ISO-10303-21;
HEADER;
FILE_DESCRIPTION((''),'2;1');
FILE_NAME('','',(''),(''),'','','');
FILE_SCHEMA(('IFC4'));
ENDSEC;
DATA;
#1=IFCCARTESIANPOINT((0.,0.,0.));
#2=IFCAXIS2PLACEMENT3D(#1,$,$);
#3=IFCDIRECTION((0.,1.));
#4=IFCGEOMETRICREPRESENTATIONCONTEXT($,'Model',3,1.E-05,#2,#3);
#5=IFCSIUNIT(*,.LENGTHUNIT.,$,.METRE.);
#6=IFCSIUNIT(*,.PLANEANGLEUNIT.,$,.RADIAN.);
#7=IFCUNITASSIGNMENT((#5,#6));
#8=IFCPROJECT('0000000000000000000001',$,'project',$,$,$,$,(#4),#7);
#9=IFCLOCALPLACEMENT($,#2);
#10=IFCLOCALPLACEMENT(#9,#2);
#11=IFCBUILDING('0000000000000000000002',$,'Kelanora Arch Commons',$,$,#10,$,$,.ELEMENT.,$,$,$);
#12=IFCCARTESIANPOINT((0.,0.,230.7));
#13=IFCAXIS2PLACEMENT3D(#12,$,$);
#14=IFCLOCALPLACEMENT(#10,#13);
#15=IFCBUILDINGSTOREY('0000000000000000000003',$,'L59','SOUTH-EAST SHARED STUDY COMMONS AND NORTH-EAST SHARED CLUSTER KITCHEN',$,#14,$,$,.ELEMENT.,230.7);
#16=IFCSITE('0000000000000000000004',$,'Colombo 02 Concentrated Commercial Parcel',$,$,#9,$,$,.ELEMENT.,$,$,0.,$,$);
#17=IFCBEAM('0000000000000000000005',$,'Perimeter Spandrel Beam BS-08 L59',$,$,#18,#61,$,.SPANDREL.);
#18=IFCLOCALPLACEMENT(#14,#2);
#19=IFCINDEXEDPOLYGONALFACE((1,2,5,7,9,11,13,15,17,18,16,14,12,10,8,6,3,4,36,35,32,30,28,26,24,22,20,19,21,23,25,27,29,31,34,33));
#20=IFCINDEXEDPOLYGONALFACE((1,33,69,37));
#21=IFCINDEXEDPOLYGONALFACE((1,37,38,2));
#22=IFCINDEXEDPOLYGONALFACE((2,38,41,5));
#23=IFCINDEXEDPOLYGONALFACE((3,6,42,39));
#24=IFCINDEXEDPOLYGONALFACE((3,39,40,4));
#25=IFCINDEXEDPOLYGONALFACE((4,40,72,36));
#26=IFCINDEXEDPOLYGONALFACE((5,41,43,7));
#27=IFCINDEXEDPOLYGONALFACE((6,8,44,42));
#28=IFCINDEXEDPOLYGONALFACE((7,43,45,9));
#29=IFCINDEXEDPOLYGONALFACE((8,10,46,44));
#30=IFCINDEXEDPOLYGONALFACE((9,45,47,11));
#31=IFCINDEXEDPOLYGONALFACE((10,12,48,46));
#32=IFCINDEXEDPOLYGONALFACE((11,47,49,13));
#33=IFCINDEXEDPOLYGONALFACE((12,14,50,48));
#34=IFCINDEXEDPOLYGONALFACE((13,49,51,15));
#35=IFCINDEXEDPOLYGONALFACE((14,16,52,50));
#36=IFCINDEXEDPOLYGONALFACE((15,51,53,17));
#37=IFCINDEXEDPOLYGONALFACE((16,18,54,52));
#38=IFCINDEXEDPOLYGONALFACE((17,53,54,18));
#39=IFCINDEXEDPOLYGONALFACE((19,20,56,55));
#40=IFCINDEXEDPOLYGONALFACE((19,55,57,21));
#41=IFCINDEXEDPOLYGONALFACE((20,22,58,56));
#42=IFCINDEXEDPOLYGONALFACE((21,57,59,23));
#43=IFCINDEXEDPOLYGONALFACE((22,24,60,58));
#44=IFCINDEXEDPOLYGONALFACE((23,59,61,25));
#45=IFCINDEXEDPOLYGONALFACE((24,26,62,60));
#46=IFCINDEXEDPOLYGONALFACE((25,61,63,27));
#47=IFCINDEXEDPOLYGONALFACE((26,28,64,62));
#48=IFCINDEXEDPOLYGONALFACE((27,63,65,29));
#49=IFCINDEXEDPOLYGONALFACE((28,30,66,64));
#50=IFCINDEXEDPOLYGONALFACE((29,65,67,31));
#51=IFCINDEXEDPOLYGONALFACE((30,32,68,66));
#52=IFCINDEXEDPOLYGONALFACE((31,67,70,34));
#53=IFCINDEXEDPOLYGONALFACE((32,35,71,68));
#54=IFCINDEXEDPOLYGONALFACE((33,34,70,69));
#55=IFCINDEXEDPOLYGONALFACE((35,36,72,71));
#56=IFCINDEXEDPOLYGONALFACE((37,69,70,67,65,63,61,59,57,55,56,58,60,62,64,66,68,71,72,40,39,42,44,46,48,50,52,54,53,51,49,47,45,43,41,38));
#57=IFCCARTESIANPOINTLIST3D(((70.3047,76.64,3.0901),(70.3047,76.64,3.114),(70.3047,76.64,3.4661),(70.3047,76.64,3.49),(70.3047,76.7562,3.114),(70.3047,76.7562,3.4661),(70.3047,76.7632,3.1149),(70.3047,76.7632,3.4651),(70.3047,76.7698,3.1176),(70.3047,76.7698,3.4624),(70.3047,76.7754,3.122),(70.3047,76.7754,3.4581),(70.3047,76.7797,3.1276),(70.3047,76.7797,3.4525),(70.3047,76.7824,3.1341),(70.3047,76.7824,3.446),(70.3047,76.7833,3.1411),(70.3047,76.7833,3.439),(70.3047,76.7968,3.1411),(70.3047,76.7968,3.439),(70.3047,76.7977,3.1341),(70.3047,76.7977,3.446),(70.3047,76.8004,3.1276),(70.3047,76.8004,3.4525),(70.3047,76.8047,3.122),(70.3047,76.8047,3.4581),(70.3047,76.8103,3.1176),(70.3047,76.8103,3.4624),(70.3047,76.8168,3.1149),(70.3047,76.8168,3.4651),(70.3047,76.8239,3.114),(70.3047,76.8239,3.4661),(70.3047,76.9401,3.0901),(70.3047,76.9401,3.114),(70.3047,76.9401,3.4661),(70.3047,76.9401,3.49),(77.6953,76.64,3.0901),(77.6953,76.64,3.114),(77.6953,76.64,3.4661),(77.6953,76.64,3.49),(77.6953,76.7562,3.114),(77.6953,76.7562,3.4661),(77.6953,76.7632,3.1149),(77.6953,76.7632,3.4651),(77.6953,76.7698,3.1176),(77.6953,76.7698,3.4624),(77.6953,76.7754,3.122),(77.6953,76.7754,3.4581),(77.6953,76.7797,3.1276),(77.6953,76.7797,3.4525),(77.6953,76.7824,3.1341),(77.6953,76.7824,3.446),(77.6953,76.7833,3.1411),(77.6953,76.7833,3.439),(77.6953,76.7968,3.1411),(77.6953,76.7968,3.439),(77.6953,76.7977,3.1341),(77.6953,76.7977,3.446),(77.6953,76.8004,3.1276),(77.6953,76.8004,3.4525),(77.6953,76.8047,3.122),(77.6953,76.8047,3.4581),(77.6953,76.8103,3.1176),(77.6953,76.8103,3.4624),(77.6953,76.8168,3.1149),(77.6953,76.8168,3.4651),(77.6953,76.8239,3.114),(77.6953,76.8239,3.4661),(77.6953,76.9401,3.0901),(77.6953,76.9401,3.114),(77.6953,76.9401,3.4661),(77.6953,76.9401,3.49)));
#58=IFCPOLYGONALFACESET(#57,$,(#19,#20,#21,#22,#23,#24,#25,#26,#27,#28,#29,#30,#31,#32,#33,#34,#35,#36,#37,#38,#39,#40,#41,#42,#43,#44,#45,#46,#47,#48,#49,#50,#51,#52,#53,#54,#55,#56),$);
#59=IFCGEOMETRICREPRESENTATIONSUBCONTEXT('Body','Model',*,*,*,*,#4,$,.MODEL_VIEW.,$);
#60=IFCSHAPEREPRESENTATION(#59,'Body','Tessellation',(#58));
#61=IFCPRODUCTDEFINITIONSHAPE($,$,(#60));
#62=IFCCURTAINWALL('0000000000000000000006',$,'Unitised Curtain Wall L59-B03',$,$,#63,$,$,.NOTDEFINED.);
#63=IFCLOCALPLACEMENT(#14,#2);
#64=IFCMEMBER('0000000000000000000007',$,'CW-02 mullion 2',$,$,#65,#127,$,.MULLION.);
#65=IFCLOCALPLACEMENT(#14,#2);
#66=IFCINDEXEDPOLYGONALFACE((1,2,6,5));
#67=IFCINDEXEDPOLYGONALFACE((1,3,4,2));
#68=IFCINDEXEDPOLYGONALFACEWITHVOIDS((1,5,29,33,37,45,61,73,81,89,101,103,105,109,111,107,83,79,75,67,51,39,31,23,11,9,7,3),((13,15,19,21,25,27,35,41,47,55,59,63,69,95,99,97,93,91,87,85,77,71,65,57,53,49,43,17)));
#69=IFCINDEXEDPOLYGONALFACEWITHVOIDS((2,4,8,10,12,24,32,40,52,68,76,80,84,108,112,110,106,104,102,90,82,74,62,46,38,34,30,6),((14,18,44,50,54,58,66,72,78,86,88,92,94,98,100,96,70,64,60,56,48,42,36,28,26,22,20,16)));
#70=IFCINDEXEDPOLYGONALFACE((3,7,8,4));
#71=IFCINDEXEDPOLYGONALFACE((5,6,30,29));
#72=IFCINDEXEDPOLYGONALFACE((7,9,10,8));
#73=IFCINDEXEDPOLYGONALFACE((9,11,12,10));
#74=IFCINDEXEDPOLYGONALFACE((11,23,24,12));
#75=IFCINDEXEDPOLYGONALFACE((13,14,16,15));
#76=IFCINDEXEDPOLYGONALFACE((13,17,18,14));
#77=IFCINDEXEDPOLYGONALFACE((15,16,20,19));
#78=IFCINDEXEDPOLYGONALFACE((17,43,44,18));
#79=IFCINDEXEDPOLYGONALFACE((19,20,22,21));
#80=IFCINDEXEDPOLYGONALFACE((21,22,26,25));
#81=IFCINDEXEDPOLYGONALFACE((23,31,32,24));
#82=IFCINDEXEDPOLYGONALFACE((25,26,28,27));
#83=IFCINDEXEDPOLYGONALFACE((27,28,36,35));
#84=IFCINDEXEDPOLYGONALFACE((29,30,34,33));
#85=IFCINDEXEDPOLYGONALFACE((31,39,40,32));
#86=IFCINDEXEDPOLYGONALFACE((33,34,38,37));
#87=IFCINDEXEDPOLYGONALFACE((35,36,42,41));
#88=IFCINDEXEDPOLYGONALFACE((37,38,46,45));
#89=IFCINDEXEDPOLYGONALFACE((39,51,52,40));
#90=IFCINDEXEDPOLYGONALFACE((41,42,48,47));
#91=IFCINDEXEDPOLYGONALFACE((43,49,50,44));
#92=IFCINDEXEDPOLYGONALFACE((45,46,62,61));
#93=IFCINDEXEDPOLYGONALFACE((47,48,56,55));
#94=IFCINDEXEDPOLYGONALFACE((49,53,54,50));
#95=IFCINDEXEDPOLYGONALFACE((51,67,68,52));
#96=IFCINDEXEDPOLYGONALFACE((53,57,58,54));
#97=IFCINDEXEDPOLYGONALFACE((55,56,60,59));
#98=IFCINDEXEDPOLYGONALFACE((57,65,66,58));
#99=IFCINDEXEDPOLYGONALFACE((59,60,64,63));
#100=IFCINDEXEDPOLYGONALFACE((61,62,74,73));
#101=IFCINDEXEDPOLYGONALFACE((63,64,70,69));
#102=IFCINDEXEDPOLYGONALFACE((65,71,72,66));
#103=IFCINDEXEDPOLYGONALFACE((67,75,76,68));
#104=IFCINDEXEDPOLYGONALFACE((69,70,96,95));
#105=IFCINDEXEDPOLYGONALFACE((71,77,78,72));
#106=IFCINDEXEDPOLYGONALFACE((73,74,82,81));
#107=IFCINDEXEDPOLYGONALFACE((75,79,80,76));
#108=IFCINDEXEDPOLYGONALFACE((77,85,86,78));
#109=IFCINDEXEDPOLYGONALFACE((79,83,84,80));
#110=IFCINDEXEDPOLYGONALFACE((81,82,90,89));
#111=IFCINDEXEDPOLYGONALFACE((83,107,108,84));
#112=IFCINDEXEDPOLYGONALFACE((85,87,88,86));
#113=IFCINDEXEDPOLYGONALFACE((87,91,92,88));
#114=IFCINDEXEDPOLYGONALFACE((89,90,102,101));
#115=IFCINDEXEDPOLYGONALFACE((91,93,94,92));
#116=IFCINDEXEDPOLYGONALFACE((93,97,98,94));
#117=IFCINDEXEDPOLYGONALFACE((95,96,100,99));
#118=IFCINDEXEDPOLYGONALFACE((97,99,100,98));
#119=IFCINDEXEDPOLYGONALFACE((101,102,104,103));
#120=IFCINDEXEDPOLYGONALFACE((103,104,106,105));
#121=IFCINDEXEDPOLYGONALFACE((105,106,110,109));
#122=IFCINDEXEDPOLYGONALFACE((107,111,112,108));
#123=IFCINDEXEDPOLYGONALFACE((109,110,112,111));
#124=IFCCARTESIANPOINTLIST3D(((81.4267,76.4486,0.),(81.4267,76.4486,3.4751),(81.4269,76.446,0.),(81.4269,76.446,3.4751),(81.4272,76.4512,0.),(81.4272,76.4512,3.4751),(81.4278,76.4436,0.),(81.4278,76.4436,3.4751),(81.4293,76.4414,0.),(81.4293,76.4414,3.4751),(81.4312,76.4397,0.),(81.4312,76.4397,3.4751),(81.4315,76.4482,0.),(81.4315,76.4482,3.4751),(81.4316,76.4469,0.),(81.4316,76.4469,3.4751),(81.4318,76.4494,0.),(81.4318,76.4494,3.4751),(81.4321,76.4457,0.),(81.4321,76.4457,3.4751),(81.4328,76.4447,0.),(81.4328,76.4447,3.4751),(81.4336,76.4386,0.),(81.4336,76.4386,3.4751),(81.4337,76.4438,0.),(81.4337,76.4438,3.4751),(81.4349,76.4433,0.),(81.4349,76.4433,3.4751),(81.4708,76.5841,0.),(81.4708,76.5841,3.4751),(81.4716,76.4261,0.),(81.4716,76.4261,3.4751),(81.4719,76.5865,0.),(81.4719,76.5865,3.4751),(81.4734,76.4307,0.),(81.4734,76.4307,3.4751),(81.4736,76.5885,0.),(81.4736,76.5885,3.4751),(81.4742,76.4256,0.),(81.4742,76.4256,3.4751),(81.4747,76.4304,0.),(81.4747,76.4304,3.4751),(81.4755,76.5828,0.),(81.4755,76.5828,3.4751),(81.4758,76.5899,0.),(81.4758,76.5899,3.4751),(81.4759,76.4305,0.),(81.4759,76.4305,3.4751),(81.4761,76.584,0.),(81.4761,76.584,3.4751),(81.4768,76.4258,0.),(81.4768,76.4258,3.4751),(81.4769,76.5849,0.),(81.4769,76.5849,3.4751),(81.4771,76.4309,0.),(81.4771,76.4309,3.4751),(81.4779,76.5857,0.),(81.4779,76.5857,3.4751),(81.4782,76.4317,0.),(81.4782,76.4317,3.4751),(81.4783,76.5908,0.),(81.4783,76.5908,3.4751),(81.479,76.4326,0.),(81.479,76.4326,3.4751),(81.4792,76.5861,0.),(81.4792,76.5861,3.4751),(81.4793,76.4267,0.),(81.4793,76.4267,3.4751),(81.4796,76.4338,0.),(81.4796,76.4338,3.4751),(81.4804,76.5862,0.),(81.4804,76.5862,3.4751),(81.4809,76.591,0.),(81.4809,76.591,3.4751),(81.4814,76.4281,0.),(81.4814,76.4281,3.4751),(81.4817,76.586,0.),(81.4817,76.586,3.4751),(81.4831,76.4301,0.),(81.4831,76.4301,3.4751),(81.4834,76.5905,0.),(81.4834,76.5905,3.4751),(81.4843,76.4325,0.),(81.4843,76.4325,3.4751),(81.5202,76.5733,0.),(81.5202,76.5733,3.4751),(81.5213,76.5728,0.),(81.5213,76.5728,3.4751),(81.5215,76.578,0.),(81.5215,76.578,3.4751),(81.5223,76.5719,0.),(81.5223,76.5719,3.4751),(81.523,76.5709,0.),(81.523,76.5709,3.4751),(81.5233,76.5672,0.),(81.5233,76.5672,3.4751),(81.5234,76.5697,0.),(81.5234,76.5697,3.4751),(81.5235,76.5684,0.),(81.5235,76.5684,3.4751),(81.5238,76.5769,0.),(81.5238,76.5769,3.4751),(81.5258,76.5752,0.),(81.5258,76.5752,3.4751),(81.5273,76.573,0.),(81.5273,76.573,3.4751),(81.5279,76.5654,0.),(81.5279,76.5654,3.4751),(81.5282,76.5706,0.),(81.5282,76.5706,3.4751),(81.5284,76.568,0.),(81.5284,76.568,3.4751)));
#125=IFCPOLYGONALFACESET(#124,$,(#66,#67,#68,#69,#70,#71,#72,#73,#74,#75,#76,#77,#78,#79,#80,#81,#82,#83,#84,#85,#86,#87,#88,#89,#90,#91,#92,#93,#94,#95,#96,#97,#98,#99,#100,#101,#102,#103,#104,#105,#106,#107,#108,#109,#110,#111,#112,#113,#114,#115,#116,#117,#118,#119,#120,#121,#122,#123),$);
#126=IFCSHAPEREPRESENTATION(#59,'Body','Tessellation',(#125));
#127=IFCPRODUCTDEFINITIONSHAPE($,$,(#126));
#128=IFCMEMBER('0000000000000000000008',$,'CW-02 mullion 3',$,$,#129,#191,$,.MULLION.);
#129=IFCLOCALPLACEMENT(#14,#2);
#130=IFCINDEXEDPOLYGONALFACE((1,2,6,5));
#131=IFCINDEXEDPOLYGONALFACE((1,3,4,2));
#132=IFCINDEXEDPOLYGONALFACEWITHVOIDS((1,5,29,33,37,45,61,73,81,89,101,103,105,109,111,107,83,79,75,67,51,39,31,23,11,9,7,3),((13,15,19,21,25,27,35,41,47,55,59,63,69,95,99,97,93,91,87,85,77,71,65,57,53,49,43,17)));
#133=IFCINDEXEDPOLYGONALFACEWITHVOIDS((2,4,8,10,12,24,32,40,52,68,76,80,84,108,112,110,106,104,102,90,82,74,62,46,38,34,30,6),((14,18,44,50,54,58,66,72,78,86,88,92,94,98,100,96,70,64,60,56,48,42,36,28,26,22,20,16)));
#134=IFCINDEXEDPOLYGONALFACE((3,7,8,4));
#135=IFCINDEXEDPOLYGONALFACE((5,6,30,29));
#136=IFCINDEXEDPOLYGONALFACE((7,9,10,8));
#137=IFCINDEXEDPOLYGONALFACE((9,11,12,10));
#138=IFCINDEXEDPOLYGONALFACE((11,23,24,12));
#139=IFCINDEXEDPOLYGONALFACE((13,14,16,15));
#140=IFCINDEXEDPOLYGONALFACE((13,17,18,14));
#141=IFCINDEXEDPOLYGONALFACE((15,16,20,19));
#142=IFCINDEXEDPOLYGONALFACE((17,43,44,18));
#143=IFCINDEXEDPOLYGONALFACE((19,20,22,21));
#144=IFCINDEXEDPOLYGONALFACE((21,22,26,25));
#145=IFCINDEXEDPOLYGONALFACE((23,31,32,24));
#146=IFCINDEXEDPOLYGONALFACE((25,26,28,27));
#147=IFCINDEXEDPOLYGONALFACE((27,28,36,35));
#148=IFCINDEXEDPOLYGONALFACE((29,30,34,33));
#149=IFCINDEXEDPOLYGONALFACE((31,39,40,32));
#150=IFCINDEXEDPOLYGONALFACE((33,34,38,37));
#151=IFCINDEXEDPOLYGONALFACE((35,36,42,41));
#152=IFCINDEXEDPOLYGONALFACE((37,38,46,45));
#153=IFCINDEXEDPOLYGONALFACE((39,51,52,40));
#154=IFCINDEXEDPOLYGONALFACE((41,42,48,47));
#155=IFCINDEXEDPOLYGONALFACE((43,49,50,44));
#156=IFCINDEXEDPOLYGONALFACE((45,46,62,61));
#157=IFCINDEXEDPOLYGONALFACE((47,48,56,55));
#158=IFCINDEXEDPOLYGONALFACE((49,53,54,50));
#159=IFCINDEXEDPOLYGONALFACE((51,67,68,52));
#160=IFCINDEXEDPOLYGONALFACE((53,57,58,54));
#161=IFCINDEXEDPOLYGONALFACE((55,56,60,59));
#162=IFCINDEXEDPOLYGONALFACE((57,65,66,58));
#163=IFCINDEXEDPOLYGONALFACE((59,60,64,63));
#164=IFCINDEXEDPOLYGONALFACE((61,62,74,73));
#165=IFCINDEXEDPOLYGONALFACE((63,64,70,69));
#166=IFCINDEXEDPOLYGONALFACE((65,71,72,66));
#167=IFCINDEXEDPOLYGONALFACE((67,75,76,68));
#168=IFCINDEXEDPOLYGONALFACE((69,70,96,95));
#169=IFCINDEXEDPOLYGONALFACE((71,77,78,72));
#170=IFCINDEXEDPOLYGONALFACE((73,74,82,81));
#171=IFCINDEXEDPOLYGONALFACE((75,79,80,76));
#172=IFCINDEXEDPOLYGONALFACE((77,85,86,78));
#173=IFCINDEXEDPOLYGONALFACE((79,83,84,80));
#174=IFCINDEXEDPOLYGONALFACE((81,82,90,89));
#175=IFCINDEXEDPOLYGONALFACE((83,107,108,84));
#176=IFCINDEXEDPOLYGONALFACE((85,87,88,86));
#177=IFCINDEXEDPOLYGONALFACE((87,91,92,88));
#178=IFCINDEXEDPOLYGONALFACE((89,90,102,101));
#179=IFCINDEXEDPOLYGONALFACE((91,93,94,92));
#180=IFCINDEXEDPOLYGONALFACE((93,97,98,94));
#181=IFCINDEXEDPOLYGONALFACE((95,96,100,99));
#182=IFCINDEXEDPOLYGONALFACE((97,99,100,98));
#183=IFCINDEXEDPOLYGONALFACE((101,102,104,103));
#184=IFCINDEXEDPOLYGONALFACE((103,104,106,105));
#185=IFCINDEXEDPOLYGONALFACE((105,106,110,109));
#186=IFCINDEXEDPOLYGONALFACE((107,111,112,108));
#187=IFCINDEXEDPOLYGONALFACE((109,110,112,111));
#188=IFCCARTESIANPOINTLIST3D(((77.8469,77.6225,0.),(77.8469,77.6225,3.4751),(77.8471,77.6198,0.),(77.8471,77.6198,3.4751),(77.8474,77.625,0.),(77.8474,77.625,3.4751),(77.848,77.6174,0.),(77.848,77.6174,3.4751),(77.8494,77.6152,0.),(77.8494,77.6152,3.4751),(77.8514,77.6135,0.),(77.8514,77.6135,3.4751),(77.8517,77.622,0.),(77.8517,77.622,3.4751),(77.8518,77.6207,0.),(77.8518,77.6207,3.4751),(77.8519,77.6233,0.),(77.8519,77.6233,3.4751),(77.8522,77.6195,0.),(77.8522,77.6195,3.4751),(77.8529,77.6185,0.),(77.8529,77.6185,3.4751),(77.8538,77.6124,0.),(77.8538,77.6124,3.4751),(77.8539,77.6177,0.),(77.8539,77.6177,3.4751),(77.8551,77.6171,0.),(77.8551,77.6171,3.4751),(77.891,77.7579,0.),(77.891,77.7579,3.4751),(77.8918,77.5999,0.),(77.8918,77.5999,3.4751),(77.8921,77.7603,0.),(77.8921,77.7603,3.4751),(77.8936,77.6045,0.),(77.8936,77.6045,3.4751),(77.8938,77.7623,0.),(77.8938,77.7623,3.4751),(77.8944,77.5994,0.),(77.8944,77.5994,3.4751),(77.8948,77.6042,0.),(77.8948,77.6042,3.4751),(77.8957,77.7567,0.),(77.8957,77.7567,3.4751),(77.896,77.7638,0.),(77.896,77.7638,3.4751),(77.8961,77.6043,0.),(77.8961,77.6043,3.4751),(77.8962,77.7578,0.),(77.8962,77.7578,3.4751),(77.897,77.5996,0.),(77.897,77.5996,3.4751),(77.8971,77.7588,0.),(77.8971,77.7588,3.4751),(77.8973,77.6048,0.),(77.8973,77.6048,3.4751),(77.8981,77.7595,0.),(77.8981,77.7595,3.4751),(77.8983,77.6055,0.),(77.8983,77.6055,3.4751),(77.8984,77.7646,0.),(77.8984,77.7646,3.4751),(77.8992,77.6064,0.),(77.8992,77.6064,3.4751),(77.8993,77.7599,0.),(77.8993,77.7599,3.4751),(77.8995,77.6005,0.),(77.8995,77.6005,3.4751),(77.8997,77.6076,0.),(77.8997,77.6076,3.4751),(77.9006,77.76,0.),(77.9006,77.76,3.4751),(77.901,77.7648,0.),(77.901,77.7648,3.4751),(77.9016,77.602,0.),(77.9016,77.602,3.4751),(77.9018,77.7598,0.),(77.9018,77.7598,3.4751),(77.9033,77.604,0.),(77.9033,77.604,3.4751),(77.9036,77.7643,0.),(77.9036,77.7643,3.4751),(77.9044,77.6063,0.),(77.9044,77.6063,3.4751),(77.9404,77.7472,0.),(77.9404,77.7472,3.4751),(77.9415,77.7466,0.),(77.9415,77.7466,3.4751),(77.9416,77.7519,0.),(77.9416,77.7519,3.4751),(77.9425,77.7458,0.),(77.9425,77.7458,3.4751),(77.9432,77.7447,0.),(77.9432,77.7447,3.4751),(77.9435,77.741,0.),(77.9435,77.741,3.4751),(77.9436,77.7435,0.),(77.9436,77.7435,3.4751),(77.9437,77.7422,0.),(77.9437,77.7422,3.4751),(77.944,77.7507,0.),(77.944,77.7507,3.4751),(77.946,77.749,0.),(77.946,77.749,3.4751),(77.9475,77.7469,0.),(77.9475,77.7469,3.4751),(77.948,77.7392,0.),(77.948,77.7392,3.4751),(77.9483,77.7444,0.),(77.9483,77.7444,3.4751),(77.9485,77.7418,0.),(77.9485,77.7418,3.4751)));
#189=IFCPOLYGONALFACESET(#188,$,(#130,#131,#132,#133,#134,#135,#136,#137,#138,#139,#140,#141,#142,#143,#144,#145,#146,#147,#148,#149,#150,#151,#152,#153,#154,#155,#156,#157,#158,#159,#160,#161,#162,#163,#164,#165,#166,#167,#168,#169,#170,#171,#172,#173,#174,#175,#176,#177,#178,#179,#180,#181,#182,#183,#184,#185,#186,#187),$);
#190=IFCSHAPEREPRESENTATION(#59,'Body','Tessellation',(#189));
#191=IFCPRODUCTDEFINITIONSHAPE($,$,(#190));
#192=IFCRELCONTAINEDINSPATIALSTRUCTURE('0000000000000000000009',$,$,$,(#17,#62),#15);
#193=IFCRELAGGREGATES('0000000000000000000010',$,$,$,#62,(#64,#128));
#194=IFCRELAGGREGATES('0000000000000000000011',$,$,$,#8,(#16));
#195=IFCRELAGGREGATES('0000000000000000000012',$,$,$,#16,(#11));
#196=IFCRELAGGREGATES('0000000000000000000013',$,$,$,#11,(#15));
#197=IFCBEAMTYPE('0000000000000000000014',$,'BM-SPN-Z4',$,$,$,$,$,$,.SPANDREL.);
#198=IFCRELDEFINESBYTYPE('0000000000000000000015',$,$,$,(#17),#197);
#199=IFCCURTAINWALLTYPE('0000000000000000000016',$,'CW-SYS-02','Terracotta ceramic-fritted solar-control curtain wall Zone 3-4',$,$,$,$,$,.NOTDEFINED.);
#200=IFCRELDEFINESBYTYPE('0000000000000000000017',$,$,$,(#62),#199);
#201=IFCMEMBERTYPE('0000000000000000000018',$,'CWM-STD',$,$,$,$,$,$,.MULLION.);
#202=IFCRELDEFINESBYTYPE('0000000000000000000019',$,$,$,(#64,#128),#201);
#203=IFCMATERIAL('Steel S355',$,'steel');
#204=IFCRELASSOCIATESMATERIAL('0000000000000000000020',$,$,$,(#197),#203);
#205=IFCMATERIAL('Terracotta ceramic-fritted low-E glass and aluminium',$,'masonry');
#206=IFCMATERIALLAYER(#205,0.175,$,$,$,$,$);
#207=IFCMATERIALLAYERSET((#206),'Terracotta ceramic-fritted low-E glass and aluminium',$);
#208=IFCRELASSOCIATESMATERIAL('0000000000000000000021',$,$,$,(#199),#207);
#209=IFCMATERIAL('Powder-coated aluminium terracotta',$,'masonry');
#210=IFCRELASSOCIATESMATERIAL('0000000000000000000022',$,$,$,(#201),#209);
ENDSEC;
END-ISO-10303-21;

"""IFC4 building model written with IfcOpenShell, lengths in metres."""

from ifc_helpers import new_model, si_unit, direction, frame, origin, origin_2d, place, context, subcontext, project, spatial, hollow_rectangle, i_section, extrude, material, layer, layer_set, material_profile, profile_set, type_object, element, aggregate, save


model = new_model("IFC4")

# Units and contexts
model_context = context("Model", 3, precision=1e-05, world=origin(), true_north=direction((0.0, 1.0)))
body_context = subcontext(model_context, "Body", "Model", "MODEL_VIEW")
ifc_project = project(units=[si_unit("LENGTHUNIT", "METRE"), si_unit("PLANEANGLEUNIT", "RADIAN")], contexts=[model_context])

# Site, building, storey
site_placement = place(None, origin())
site = spatial("IfcSite", under=ifc_project, at=site_placement, Name="Colombo 02 Concentrated Commercial Parcel", CompositionType="ELEMENT", RefElevation=0.0)
building_placement = place(site_placement, origin())
building = spatial("IfcBuilding", under=site, at=building_placement, Name="Kelanora Arch Commons", CompositionType="ELEMENT")
storey_placement = place(building_placement, frame((0.0, 0.0, 230.7)))
storey = spatial("IfcBuildingStorey", under=building, at=storey_placement, Name="L59", Description="SOUTH-EAST SHARED STUDY COMMONS AND NORTH-EAST SHARED CLUSTER KITCHEN", CompositionType="ELEMENT", Elevation=230.7)

# Beam
ifc_material_1 = material(Name="Steel S355", Category="steel")
ifc_material_profile_1 = material_profile(ifc_material_1, i_section(OverallWidth=0.3, OverallDepth=0.3999, WebThickness=0.0134, FlangeThickness=0.0239, FilletRadius=0.0271, at=origin_2d()), Name="HEB400")
ifc_profile_set_1 = profile_set([ifc_material_profile_1], Name="Steel S355")
beam_type_1 = type_object("IfcBeamType", Name="BM-SPN-Z4", PredefinedType="SPANDREL", material=ifc_profile_set_1)
beam_1_placement = place(storey_placement, frame((77.6953, 76.79, 3.29), z_axis=(-1.0, 0.0, 0.0), x_axis=(0.0, -1.0, 0.0)))
element("IfcBeam", 1, at=beam_1_placement, inside=storey, type_object=beam_type_1, Name="Perimeter Spandrel Beam BS-08 L59", PredefinedType="SPANDREL", context=body_context, shape_type="SweptSolid", body=[
    extrude(i_section(OverallWidth=0.3, OverallDepth=0.3999, WebThickness=0.0134, FlangeThickness=0.0239, FilletRadius=0.0271, at=origin_2d()), origin(), (0.0, 0.0, 1.0), 7.3906),
])

# Curtain wall, members
ifc_material_2 = material(Name="Terracotta ceramic-fritted low-E glass and aluminium", Category="masonry")
ifc_layer_1 = layer(ifc_material_2, 0.175)
ifc_layer_set_1 = layer_set([ifc_layer_1], Name="Terracotta ceramic-fritted low-E glass and aluminium")
curtain_wall_type = type_object("IfcCurtainWallType", Name="CW-SYS-02", Description="Terracotta ceramic-fritted solar-control curtain wall Zone 3-4", PredefinedType="NOTDEFINED", material=ifc_layer_set_1)
curtain_wall_placement = place(storey_placement, origin())
curtain_wall = element("IfcCurtainWall", 2, at=curtain_wall_placement, inside=storey, type_object=curtain_wall_type, Name="Unitised Curtain Wall L59-B03", PredefinedType="NOTDEFINED")
ifc_material_3 = material(Name="Powder-coated aluminium terracotta", Category="masonry")
ifc_material_profile_2 = material_profile(ifc_material_3, hollow_rectangle(XDim=0.1599, YDim=0.0601, WallThickness=0.0049, InnerFilletRadius=0.0049, OuterFilletRadius=0.01, at=origin_2d()), Name="CWM160x60")
ifc_profile_set_2 = profile_set([ifc_material_profile_2], Name="Powder-coated aluminium terracotta")
member_type_1 = type_object("IfcMemberType", Name="CWM-STD", PredefinedType="MULLION", material=ifc_profile_set_2)
member_1_placement = place(storey_placement, frame((81.4775, 76.5083, 0.0), z_axis=(0.0, 0.0, 1.0), x_axis=(-0.311582, -0.950219, 0.0)))
member_1 = element("IfcMember", 3, at=member_1_placement, type_object=member_type_1, Name="CW-02 mullion 2", PredefinedType="MULLION", context=body_context, shape_type="SweptSolid", body=[
    extrude(hollow_rectangle(XDim=0.1599, YDim=0.0601, WallThickness=0.0049, InnerFilletRadius=0.0049, OuterFilletRadius=0.01, at=origin_2d()), origin(), (0.0, 0.0, 1.0), 3.4751),
])
member_2_placement = place(storey_placement, frame((77.8977, 77.6821, 0.0), z_axis=(0.0, 0.0, 1.0), x_axis=(-0.311582, -0.950219, 0.0)))
member_2 = element("IfcMember", 4, at=member_2_placement, type_object=member_type_1, Name="CW-02 mullion 3", PredefinedType="MULLION", context=body_context, shape_type="SweptSolid", body=[
    extrude(hollow_rectangle(XDim=0.1599, YDim=0.0601, WallThickness=0.0049, InnerFilletRadius=0.0049, OuterFilletRadius=0.01, at=origin_2d()), origin(), (0.0, 0.0, 1.0), 3.4751),
])
aggregate(curtain_wall, [member_1, member_2])

save(model, "model.ifc")
